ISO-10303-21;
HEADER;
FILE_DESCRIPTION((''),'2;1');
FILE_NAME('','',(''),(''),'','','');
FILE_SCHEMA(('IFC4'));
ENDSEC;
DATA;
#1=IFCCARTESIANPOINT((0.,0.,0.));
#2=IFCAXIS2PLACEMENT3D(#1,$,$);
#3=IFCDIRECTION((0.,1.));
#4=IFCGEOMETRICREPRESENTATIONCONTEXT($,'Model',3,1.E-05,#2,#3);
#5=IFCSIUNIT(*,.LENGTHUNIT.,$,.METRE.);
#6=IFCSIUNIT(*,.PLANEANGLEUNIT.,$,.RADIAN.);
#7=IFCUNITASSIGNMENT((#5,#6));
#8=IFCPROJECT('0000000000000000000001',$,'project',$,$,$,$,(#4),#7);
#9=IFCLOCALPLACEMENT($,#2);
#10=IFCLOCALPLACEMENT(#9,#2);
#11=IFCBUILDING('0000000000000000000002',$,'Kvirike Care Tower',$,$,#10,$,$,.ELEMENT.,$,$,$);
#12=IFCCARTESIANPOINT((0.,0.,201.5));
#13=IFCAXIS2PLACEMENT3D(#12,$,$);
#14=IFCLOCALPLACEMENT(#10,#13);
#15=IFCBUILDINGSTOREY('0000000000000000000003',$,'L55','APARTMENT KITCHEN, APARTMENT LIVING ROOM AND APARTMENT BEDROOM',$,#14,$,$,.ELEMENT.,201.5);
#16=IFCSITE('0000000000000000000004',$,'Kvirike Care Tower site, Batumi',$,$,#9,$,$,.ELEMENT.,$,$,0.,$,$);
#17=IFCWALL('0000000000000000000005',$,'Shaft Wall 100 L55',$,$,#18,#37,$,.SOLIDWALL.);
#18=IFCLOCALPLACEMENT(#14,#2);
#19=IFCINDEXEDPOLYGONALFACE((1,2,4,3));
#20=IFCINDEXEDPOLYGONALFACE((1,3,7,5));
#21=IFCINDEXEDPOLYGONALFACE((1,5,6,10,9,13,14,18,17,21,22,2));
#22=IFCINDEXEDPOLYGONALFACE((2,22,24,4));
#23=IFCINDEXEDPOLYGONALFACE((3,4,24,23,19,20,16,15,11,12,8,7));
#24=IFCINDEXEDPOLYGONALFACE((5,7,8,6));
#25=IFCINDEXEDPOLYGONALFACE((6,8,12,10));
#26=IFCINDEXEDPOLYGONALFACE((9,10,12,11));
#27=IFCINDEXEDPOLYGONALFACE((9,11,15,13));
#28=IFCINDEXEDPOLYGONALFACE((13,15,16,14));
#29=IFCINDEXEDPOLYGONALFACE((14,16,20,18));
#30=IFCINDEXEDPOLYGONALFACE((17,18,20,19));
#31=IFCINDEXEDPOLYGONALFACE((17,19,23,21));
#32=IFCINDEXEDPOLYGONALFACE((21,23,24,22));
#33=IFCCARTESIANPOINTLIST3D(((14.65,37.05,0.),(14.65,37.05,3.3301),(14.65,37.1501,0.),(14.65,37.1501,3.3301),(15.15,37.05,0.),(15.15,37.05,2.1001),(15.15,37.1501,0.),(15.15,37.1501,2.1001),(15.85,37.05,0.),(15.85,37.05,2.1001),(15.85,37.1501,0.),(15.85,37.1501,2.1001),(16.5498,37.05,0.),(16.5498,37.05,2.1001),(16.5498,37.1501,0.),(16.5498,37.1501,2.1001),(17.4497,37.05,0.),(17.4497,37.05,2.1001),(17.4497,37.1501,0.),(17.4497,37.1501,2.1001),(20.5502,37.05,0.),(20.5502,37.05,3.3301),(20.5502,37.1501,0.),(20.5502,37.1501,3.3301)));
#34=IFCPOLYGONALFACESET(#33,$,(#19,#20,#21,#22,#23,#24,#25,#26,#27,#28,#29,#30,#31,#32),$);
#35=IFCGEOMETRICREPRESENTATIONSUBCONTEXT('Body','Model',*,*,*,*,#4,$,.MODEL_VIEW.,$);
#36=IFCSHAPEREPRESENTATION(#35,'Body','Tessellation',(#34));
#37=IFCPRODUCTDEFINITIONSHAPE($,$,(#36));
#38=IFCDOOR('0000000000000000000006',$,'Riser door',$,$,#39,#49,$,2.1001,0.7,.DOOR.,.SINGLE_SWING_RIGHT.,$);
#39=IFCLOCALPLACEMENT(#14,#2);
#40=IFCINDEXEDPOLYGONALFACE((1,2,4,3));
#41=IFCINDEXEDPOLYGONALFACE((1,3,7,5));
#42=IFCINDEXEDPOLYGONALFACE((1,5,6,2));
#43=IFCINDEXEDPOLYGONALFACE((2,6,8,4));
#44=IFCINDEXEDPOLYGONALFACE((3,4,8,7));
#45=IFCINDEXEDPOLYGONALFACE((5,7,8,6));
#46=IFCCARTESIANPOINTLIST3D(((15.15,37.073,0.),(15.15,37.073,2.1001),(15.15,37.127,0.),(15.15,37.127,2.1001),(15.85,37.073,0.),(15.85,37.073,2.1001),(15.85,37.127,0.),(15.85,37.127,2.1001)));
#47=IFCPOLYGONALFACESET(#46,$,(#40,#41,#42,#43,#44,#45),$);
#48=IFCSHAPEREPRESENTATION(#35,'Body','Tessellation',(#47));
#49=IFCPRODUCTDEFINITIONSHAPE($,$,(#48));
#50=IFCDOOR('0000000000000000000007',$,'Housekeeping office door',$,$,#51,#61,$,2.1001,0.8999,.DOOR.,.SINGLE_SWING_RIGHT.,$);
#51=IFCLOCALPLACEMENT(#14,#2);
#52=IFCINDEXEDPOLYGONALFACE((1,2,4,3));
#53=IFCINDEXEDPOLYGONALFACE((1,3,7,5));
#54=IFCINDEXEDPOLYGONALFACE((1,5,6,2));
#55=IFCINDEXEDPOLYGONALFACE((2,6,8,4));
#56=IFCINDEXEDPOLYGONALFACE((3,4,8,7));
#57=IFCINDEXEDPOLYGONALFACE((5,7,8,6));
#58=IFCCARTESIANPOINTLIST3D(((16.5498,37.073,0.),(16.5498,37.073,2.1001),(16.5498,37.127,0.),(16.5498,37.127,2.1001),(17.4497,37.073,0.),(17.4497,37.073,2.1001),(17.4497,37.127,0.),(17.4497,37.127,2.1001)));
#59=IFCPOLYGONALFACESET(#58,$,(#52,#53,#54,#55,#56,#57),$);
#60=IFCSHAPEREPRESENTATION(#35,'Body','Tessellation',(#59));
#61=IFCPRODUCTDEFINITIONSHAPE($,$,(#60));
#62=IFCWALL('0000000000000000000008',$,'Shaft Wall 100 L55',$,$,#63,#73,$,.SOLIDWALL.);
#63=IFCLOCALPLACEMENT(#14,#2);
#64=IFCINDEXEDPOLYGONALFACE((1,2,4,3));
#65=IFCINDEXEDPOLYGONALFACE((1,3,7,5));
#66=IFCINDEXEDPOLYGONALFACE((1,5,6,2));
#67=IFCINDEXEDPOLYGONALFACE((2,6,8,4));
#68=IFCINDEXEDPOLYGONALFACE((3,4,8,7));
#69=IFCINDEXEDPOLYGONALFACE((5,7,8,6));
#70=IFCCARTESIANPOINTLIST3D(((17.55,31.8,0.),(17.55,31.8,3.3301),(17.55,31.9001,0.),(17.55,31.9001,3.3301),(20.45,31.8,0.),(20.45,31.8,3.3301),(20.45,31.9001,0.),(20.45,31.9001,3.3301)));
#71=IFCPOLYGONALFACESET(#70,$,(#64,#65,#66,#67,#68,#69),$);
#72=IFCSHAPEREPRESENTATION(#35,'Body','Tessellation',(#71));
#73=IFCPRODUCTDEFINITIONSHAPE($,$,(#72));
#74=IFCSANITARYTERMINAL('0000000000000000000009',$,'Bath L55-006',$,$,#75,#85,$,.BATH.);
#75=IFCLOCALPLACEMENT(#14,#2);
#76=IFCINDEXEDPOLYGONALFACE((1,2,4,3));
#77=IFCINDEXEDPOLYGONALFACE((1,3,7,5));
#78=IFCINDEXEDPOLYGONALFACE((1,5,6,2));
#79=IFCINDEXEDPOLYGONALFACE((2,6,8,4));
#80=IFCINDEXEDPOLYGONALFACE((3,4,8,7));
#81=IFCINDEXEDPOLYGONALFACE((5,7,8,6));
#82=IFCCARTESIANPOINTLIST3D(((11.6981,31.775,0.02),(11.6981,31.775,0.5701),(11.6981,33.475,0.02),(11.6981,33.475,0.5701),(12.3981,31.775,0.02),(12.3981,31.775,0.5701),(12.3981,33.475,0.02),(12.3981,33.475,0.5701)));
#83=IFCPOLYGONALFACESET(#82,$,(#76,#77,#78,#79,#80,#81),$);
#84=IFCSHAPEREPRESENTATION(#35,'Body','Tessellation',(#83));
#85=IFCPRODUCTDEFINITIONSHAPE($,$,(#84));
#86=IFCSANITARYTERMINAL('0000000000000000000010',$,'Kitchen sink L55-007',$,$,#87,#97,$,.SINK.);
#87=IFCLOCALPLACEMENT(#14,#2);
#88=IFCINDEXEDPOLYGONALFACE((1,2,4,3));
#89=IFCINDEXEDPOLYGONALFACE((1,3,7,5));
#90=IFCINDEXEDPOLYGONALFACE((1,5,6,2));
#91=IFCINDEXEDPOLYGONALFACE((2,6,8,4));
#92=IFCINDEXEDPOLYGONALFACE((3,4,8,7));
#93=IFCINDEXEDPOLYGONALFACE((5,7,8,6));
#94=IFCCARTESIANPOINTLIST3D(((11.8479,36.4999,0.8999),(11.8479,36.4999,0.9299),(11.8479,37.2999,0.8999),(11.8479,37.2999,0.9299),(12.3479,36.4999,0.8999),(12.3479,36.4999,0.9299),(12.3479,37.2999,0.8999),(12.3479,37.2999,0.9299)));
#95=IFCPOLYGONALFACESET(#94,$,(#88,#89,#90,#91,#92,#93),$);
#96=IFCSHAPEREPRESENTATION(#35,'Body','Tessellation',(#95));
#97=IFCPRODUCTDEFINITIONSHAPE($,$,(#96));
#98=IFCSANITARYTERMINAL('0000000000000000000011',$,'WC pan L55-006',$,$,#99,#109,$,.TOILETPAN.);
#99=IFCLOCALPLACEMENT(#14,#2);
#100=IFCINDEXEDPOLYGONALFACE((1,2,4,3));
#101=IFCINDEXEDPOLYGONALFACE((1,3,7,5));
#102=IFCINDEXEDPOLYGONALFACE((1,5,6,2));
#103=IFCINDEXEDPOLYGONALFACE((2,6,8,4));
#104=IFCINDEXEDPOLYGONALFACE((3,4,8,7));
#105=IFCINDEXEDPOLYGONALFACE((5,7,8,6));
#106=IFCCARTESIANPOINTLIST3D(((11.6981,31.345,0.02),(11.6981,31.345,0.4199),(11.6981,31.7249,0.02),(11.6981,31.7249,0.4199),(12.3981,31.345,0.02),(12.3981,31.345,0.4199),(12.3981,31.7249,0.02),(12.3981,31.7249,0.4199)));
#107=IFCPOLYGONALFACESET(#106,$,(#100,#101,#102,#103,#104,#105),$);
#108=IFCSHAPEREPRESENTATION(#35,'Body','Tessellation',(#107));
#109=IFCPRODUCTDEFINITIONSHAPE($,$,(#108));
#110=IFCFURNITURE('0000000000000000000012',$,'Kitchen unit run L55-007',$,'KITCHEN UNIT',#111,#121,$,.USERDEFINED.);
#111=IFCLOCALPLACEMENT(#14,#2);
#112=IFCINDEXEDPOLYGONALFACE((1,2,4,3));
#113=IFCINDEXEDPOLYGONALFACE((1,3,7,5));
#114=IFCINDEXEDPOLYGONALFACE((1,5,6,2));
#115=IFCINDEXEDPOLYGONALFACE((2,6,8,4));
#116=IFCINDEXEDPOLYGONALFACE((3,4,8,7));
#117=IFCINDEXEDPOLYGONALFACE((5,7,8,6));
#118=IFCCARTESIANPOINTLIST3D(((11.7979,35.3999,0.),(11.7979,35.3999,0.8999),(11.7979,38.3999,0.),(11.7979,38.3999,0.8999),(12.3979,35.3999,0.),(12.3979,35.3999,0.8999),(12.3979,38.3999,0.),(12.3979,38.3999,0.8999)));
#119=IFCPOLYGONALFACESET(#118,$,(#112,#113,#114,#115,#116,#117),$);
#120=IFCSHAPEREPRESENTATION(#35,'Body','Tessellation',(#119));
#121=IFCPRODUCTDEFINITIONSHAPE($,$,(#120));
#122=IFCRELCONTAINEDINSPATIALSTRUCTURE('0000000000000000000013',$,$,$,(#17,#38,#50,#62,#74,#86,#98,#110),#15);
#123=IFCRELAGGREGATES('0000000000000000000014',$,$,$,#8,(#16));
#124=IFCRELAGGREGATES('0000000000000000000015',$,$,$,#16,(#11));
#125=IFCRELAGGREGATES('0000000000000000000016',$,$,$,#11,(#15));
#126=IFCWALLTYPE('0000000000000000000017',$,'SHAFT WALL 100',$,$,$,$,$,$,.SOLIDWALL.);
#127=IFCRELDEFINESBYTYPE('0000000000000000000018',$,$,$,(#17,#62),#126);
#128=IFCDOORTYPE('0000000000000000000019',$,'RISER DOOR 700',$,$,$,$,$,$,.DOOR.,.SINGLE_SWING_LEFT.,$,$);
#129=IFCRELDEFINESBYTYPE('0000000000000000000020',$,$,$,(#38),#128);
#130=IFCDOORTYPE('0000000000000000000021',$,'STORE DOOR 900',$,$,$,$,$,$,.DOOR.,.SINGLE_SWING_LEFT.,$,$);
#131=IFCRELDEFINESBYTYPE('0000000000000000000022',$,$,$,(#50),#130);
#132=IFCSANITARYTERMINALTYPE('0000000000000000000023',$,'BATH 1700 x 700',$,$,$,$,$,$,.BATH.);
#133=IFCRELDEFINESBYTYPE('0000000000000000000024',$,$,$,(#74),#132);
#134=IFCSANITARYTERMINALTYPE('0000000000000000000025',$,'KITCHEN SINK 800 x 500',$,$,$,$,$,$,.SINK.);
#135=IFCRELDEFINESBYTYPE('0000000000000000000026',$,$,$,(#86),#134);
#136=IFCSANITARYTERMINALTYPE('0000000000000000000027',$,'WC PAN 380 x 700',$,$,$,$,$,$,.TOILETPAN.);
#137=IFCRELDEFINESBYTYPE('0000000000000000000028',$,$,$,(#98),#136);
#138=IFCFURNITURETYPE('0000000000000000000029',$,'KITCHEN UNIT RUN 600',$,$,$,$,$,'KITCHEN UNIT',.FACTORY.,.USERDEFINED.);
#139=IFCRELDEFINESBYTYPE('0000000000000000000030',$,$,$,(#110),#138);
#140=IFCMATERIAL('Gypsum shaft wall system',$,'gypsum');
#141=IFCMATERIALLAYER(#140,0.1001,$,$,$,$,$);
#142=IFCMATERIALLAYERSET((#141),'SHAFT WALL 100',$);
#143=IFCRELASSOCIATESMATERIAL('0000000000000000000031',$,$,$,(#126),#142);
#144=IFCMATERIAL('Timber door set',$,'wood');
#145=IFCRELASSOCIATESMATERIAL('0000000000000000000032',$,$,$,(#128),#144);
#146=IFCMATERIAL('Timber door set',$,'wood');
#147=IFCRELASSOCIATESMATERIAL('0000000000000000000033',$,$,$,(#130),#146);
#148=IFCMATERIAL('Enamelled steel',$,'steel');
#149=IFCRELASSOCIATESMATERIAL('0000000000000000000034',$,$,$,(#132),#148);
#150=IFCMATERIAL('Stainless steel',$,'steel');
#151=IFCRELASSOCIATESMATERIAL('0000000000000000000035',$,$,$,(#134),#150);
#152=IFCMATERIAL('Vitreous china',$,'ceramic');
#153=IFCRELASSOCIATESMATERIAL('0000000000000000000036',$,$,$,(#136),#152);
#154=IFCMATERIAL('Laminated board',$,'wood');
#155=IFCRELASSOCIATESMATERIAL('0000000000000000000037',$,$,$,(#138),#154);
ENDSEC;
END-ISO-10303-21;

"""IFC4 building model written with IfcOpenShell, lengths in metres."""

from ifc_helpers import new_model, si_unit, direction, frame, frame_2d, origin, origin_2d, place, context, subcontext, project, spatial, rectangle, extrude, material, layer, layer_set, type_object, element, fill, save


model = new_model("IFC4")

# Units and contexts
model_context = context("Model", 3, precision=1e-05, world=origin(), true_north=direction((0.0, 1.0)))
body_context = subcontext(model_context, "Body", "Model", "MODEL_VIEW")
ifc_project = project(units=[si_unit("LENGTHUNIT", "METRE"), si_unit("PLANEANGLEUNIT", "RADIAN")], contexts=[model_context])

# Site, building, storey
site_placement = place(None, origin())
site = spatial("IfcSite", under=ifc_project, at=site_placement, Name="Kvirike Care Tower site, Batumi", CompositionType="ELEMENT", RefElevation=0.0)
building_placement = place(site_placement, origin())
building = spatial("IfcBuilding", under=site, at=building_placement, Name="Kvirike Care Tower", CompositionType="ELEMENT")
storey_placement = place(building_placement, frame((0.0, 0.0, 201.5)))
storey = spatial("IfcBuildingStorey", under=building, at=storey_placement, Name="L55", Description="APARTMENT KITCHEN, APARTMENT LIVING ROOM AND APARTMENT BEDROOM", CompositionType="ELEMENT", Elevation=201.5)

# Shared definitions
ifc_material_1 = material(Name="Gypsum shaft wall system", Category="gypsum")
ifc_layer_1 = layer(ifc_material_1, 0.1001)
ifc_layer_set_1 = layer_set([ifc_layer_1], Name="SHAFT WALL 100")
wall_type_1 = type_object("IfcWallType", Name="SHAFT WALL 100", PredefinedType="SOLIDWALL", material=ifc_layer_set_1)

# Shared definitions
ifc_material_2 = material(Name="Timber door set", Category="wood")
door_type_1 = type_object("IfcDoorType", Name="RISER DOOR 700", OperationType="SINGLE_SWING_LEFT", PredefinedType="DOOR", material=ifc_material_2)

# Wall, openings, doors
wall_1_placement = place(storey_placement, frame((14.6499, 37.1001, 0.0), z_axis=(0.0, 0.0, 1.0), x_axis=(1.0, 0.0, 0.0)))
wall_1 = element("IfcWall", 1, at=wall_1_placement, inside=storey, type_object=wall_type_1, Name="Shaft Wall 100 L55", PredefinedType="SOLIDWALL", context=body_context, shape_type="SweptSolid", body=[
    extrude(rectangle(XDim=5.9001, YDim=0.1001, at=frame_2d((2.9502, 0.0))), origin(), (0.0, 0.0, 1.0), 3.3301),
])
opening_1_placement = place(wall_1_placement, frame((0.5, 0.0, 0.0)))
opening_1 = element("IfcOpeningElement", 2, at=opening_1_placement, cuts=wall_1, PredefinedType="OPENING", context=body_context, shape_type="SweptSolid", body=[
    extrude(rectangle(XDim=0.7, YDim=2.1001, at=frame_2d((0.3501, 1.05))), frame((0.0, 0.0605, 0.0), z_axis=(0.0, -1.0, 0.0), x_axis=(1.0, 0.0, 0.0)), (0.0, 0.0, 1.0), 0.1211),
])
opening_2_placement = place(wall_1_placement, frame((1.8999, 0.0, 0.0)))
opening_2 = element("IfcOpeningElement", 3, at=opening_2_placement, cuts=wall_1, PredefinedType="OPENING", context=body_context, shape_type="SweptSolid", body=[
    extrude(rectangle(XDim=0.8999, YDim=2.1001, at=frame_2d((0.45, 1.05))), frame((0.0, 0.0605, 0.0), z_axis=(0.0, -1.0, 0.0), x_axis=(1.0, 0.0, 0.0)), (0.0, 0.0, 1.0), 0.1211),
])
door_1_placement = place(opening_1_placement, origin())
door_1 = element("IfcDoor", 4, at=door_1_placement, inside=storey, type_object=door_type_1, Name="Riser door", OperationType="SINGLE_SWING_RIGHT", OverallHeight=2.1001, OverallWidth=0.7, PredefinedType="DOOR", context=body_context, shape_type="SweptSolid", body=[
    extrude(rectangle(XDim=0.7, YDim=2.1001, at=frame_2d((0.3501, 1.05))), frame((0.0, 0.0269, 0.0), z_axis=(0.0, -1.0, 0.0), x_axis=(1.0, 0.0, 0.0)), (0.0, 0.0, 1.0), 0.054),
])
fill(opening_1, door_1)
ifc_material_3 = material(Name="Timber door set", Category="wood")
door_type_2 = type_object("IfcDoorType", Name="STORE DOOR 900", OperationType="SINGLE_SWING_LEFT", PredefinedType="DOOR", material=ifc_material_3)
door_2_placement = place(opening_2_placement, origin())
door_2 = element("IfcDoor", 5, at=door_2_placement, inside=storey, type_object=door_type_2, Name="Housekeeping office door", OperationType="SINGLE_SWING_RIGHT", OverallHeight=2.1001, OverallWidth=0.8999, PredefinedType="DOOR", context=body_context, shape_type="SweptSolid", body=[
    extrude(rectangle(XDim=0.8999, YDim=2.1001, at=frame_2d((0.45, 1.05))), frame((0.0, 0.0269, 0.0), z_axis=(0.0, -1.0, 0.0), x_axis=(1.0, 0.0, 0.0)), (0.0, 0.0, 1.0), 0.054),
])
fill(opening_2, door_2)

# Wall
wall_2_placement = place(storey_placement, frame((17.55, 31.8501, 0.0), z_axis=(0.0, 0.0, 1.0), x_axis=(1.0, 0.0, 0.0)))
element("IfcWall", 6, at=wall_2_placement, inside=storey, type_object=wall_type_1, Name="Shaft Wall 100 L55", PredefinedType="SOLIDWALL", context=body_context, shape_type="SweptSolid", body=[
    extrude(rectangle(XDim=2.8999, YDim=0.1001, at=frame_2d((1.45, 0.0))), origin(), (0.0, 0.0, 1.0), 3.3301),
])

# Sanitary terminals
ifc_material_4 = material(Name="Enamelled steel", Category="steel")
sanitary_terminal_type_1 = type_object("IfcSanitaryTerminalType", Name="BATH 1700 x 700", PredefinedType="BATH", material=ifc_material_4)
sanitary_terminal_1_placement = place(storey_placement, frame((12.0481, 32.625, 0.02), z_axis=(0.0, 0.0, 1.0), x_axis=(0.0, -1.0, 0.0)))
element("IfcSanitaryTerminal", 7, at=sanitary_terminal_1_placement, inside=storey, type_object=sanitary_terminal_type_1, Name="Bath L55-006", PredefinedType="BATH", context=body_context, shape_type="SweptSolid", body=[
    extrude(rectangle(XDim=1.7, YDim=0.7, at=origin_2d()), origin(), (0.0, 0.0, 1.0), 0.55),
])
ifc_material_5 = material(Name="Stainless steel", Category="steel")
sanitary_terminal_type_2 = type_object("IfcSanitaryTerminalType", Name="KITCHEN SINK 800 x 500", PredefinedType="SINK", material=ifc_material_5)
sanitary_terminal_2_placement = place(storey_placement, frame((12.0979, 36.8999, 0.8999), z_axis=(0.0, 0.0, 1.0), x_axis=(0.0, -1.0, 0.0)))
element("IfcSanitaryTerminal", 8, at=sanitary_terminal_2_placement, inside=storey, type_object=sanitary_terminal_type_2, Name="Kitchen sink L55-007", PredefinedType="SINK", context=body_context, shape_type="SweptSolid", body=[
    extrude(rectangle(XDim=0.8, YDim=0.5, at=origin_2d()), origin(), (0.0, 0.0, 1.0), 0.03),
])
ifc_material_6 = material(Name="Vitreous china", Category="ceramic")
sanitary_terminal_type_3 = type_object("IfcSanitaryTerminalType", Name="WC PAN 380 x 700", PredefinedType="TOILETPAN", material=ifc_material_6)
sanitary_terminal_3_placement = place(storey_placement, frame((12.0481, 31.5349, 0.02), z_axis=(0.0, 0.0, 1.0), x_axis=(0.0, -1.0, 0.0)))
element("IfcSanitaryTerminal", 9, at=sanitary_terminal_3_placement, inside=storey, type_object=sanitary_terminal_type_3, Name="WC pan L55-006", PredefinedType="TOILETPAN", context=body_context, shape_type="SweptSolid", body=[
    extrude(rectangle(XDim=0.3799, YDim=0.7, at=origin_2d()), origin(), (0.0, 0.0, 1.0), 0.3999),
])

# Furniture
ifc_material_7 = material(Name="Laminated board", Category="wood")
furniture_type = type_object("IfcFurnitureType", Name="KITCHEN UNIT RUN 600", ElementType="KITCHEN UNIT", AssemblyPlace="FACTORY", PredefinedType="USERDEFINED", material=ifc_material_7)
furniture_placement = place(storey_placement, frame((12.0979, 36.8999, 0.0), z_axis=(0.0, 0.0, 1.0), x_axis=(0.0, -1.0, 0.0)))
element("IfcFurniture", 10, at=furniture_placement, inside=storey, type_object=furniture_type, Name="Kitchen unit run L55-007", ObjectType="KITCHEN UNIT", PredefinedType="USERDEFINED", context=body_context, shape_type="SweptSolid", body=[
    extrude(rectangle(XDim=3.0, YDim=0.6001, at=origin_2d()), origin(), (0.0, 0.0, 1.0), 0.8999),
])

save(model, "model.ifc")
